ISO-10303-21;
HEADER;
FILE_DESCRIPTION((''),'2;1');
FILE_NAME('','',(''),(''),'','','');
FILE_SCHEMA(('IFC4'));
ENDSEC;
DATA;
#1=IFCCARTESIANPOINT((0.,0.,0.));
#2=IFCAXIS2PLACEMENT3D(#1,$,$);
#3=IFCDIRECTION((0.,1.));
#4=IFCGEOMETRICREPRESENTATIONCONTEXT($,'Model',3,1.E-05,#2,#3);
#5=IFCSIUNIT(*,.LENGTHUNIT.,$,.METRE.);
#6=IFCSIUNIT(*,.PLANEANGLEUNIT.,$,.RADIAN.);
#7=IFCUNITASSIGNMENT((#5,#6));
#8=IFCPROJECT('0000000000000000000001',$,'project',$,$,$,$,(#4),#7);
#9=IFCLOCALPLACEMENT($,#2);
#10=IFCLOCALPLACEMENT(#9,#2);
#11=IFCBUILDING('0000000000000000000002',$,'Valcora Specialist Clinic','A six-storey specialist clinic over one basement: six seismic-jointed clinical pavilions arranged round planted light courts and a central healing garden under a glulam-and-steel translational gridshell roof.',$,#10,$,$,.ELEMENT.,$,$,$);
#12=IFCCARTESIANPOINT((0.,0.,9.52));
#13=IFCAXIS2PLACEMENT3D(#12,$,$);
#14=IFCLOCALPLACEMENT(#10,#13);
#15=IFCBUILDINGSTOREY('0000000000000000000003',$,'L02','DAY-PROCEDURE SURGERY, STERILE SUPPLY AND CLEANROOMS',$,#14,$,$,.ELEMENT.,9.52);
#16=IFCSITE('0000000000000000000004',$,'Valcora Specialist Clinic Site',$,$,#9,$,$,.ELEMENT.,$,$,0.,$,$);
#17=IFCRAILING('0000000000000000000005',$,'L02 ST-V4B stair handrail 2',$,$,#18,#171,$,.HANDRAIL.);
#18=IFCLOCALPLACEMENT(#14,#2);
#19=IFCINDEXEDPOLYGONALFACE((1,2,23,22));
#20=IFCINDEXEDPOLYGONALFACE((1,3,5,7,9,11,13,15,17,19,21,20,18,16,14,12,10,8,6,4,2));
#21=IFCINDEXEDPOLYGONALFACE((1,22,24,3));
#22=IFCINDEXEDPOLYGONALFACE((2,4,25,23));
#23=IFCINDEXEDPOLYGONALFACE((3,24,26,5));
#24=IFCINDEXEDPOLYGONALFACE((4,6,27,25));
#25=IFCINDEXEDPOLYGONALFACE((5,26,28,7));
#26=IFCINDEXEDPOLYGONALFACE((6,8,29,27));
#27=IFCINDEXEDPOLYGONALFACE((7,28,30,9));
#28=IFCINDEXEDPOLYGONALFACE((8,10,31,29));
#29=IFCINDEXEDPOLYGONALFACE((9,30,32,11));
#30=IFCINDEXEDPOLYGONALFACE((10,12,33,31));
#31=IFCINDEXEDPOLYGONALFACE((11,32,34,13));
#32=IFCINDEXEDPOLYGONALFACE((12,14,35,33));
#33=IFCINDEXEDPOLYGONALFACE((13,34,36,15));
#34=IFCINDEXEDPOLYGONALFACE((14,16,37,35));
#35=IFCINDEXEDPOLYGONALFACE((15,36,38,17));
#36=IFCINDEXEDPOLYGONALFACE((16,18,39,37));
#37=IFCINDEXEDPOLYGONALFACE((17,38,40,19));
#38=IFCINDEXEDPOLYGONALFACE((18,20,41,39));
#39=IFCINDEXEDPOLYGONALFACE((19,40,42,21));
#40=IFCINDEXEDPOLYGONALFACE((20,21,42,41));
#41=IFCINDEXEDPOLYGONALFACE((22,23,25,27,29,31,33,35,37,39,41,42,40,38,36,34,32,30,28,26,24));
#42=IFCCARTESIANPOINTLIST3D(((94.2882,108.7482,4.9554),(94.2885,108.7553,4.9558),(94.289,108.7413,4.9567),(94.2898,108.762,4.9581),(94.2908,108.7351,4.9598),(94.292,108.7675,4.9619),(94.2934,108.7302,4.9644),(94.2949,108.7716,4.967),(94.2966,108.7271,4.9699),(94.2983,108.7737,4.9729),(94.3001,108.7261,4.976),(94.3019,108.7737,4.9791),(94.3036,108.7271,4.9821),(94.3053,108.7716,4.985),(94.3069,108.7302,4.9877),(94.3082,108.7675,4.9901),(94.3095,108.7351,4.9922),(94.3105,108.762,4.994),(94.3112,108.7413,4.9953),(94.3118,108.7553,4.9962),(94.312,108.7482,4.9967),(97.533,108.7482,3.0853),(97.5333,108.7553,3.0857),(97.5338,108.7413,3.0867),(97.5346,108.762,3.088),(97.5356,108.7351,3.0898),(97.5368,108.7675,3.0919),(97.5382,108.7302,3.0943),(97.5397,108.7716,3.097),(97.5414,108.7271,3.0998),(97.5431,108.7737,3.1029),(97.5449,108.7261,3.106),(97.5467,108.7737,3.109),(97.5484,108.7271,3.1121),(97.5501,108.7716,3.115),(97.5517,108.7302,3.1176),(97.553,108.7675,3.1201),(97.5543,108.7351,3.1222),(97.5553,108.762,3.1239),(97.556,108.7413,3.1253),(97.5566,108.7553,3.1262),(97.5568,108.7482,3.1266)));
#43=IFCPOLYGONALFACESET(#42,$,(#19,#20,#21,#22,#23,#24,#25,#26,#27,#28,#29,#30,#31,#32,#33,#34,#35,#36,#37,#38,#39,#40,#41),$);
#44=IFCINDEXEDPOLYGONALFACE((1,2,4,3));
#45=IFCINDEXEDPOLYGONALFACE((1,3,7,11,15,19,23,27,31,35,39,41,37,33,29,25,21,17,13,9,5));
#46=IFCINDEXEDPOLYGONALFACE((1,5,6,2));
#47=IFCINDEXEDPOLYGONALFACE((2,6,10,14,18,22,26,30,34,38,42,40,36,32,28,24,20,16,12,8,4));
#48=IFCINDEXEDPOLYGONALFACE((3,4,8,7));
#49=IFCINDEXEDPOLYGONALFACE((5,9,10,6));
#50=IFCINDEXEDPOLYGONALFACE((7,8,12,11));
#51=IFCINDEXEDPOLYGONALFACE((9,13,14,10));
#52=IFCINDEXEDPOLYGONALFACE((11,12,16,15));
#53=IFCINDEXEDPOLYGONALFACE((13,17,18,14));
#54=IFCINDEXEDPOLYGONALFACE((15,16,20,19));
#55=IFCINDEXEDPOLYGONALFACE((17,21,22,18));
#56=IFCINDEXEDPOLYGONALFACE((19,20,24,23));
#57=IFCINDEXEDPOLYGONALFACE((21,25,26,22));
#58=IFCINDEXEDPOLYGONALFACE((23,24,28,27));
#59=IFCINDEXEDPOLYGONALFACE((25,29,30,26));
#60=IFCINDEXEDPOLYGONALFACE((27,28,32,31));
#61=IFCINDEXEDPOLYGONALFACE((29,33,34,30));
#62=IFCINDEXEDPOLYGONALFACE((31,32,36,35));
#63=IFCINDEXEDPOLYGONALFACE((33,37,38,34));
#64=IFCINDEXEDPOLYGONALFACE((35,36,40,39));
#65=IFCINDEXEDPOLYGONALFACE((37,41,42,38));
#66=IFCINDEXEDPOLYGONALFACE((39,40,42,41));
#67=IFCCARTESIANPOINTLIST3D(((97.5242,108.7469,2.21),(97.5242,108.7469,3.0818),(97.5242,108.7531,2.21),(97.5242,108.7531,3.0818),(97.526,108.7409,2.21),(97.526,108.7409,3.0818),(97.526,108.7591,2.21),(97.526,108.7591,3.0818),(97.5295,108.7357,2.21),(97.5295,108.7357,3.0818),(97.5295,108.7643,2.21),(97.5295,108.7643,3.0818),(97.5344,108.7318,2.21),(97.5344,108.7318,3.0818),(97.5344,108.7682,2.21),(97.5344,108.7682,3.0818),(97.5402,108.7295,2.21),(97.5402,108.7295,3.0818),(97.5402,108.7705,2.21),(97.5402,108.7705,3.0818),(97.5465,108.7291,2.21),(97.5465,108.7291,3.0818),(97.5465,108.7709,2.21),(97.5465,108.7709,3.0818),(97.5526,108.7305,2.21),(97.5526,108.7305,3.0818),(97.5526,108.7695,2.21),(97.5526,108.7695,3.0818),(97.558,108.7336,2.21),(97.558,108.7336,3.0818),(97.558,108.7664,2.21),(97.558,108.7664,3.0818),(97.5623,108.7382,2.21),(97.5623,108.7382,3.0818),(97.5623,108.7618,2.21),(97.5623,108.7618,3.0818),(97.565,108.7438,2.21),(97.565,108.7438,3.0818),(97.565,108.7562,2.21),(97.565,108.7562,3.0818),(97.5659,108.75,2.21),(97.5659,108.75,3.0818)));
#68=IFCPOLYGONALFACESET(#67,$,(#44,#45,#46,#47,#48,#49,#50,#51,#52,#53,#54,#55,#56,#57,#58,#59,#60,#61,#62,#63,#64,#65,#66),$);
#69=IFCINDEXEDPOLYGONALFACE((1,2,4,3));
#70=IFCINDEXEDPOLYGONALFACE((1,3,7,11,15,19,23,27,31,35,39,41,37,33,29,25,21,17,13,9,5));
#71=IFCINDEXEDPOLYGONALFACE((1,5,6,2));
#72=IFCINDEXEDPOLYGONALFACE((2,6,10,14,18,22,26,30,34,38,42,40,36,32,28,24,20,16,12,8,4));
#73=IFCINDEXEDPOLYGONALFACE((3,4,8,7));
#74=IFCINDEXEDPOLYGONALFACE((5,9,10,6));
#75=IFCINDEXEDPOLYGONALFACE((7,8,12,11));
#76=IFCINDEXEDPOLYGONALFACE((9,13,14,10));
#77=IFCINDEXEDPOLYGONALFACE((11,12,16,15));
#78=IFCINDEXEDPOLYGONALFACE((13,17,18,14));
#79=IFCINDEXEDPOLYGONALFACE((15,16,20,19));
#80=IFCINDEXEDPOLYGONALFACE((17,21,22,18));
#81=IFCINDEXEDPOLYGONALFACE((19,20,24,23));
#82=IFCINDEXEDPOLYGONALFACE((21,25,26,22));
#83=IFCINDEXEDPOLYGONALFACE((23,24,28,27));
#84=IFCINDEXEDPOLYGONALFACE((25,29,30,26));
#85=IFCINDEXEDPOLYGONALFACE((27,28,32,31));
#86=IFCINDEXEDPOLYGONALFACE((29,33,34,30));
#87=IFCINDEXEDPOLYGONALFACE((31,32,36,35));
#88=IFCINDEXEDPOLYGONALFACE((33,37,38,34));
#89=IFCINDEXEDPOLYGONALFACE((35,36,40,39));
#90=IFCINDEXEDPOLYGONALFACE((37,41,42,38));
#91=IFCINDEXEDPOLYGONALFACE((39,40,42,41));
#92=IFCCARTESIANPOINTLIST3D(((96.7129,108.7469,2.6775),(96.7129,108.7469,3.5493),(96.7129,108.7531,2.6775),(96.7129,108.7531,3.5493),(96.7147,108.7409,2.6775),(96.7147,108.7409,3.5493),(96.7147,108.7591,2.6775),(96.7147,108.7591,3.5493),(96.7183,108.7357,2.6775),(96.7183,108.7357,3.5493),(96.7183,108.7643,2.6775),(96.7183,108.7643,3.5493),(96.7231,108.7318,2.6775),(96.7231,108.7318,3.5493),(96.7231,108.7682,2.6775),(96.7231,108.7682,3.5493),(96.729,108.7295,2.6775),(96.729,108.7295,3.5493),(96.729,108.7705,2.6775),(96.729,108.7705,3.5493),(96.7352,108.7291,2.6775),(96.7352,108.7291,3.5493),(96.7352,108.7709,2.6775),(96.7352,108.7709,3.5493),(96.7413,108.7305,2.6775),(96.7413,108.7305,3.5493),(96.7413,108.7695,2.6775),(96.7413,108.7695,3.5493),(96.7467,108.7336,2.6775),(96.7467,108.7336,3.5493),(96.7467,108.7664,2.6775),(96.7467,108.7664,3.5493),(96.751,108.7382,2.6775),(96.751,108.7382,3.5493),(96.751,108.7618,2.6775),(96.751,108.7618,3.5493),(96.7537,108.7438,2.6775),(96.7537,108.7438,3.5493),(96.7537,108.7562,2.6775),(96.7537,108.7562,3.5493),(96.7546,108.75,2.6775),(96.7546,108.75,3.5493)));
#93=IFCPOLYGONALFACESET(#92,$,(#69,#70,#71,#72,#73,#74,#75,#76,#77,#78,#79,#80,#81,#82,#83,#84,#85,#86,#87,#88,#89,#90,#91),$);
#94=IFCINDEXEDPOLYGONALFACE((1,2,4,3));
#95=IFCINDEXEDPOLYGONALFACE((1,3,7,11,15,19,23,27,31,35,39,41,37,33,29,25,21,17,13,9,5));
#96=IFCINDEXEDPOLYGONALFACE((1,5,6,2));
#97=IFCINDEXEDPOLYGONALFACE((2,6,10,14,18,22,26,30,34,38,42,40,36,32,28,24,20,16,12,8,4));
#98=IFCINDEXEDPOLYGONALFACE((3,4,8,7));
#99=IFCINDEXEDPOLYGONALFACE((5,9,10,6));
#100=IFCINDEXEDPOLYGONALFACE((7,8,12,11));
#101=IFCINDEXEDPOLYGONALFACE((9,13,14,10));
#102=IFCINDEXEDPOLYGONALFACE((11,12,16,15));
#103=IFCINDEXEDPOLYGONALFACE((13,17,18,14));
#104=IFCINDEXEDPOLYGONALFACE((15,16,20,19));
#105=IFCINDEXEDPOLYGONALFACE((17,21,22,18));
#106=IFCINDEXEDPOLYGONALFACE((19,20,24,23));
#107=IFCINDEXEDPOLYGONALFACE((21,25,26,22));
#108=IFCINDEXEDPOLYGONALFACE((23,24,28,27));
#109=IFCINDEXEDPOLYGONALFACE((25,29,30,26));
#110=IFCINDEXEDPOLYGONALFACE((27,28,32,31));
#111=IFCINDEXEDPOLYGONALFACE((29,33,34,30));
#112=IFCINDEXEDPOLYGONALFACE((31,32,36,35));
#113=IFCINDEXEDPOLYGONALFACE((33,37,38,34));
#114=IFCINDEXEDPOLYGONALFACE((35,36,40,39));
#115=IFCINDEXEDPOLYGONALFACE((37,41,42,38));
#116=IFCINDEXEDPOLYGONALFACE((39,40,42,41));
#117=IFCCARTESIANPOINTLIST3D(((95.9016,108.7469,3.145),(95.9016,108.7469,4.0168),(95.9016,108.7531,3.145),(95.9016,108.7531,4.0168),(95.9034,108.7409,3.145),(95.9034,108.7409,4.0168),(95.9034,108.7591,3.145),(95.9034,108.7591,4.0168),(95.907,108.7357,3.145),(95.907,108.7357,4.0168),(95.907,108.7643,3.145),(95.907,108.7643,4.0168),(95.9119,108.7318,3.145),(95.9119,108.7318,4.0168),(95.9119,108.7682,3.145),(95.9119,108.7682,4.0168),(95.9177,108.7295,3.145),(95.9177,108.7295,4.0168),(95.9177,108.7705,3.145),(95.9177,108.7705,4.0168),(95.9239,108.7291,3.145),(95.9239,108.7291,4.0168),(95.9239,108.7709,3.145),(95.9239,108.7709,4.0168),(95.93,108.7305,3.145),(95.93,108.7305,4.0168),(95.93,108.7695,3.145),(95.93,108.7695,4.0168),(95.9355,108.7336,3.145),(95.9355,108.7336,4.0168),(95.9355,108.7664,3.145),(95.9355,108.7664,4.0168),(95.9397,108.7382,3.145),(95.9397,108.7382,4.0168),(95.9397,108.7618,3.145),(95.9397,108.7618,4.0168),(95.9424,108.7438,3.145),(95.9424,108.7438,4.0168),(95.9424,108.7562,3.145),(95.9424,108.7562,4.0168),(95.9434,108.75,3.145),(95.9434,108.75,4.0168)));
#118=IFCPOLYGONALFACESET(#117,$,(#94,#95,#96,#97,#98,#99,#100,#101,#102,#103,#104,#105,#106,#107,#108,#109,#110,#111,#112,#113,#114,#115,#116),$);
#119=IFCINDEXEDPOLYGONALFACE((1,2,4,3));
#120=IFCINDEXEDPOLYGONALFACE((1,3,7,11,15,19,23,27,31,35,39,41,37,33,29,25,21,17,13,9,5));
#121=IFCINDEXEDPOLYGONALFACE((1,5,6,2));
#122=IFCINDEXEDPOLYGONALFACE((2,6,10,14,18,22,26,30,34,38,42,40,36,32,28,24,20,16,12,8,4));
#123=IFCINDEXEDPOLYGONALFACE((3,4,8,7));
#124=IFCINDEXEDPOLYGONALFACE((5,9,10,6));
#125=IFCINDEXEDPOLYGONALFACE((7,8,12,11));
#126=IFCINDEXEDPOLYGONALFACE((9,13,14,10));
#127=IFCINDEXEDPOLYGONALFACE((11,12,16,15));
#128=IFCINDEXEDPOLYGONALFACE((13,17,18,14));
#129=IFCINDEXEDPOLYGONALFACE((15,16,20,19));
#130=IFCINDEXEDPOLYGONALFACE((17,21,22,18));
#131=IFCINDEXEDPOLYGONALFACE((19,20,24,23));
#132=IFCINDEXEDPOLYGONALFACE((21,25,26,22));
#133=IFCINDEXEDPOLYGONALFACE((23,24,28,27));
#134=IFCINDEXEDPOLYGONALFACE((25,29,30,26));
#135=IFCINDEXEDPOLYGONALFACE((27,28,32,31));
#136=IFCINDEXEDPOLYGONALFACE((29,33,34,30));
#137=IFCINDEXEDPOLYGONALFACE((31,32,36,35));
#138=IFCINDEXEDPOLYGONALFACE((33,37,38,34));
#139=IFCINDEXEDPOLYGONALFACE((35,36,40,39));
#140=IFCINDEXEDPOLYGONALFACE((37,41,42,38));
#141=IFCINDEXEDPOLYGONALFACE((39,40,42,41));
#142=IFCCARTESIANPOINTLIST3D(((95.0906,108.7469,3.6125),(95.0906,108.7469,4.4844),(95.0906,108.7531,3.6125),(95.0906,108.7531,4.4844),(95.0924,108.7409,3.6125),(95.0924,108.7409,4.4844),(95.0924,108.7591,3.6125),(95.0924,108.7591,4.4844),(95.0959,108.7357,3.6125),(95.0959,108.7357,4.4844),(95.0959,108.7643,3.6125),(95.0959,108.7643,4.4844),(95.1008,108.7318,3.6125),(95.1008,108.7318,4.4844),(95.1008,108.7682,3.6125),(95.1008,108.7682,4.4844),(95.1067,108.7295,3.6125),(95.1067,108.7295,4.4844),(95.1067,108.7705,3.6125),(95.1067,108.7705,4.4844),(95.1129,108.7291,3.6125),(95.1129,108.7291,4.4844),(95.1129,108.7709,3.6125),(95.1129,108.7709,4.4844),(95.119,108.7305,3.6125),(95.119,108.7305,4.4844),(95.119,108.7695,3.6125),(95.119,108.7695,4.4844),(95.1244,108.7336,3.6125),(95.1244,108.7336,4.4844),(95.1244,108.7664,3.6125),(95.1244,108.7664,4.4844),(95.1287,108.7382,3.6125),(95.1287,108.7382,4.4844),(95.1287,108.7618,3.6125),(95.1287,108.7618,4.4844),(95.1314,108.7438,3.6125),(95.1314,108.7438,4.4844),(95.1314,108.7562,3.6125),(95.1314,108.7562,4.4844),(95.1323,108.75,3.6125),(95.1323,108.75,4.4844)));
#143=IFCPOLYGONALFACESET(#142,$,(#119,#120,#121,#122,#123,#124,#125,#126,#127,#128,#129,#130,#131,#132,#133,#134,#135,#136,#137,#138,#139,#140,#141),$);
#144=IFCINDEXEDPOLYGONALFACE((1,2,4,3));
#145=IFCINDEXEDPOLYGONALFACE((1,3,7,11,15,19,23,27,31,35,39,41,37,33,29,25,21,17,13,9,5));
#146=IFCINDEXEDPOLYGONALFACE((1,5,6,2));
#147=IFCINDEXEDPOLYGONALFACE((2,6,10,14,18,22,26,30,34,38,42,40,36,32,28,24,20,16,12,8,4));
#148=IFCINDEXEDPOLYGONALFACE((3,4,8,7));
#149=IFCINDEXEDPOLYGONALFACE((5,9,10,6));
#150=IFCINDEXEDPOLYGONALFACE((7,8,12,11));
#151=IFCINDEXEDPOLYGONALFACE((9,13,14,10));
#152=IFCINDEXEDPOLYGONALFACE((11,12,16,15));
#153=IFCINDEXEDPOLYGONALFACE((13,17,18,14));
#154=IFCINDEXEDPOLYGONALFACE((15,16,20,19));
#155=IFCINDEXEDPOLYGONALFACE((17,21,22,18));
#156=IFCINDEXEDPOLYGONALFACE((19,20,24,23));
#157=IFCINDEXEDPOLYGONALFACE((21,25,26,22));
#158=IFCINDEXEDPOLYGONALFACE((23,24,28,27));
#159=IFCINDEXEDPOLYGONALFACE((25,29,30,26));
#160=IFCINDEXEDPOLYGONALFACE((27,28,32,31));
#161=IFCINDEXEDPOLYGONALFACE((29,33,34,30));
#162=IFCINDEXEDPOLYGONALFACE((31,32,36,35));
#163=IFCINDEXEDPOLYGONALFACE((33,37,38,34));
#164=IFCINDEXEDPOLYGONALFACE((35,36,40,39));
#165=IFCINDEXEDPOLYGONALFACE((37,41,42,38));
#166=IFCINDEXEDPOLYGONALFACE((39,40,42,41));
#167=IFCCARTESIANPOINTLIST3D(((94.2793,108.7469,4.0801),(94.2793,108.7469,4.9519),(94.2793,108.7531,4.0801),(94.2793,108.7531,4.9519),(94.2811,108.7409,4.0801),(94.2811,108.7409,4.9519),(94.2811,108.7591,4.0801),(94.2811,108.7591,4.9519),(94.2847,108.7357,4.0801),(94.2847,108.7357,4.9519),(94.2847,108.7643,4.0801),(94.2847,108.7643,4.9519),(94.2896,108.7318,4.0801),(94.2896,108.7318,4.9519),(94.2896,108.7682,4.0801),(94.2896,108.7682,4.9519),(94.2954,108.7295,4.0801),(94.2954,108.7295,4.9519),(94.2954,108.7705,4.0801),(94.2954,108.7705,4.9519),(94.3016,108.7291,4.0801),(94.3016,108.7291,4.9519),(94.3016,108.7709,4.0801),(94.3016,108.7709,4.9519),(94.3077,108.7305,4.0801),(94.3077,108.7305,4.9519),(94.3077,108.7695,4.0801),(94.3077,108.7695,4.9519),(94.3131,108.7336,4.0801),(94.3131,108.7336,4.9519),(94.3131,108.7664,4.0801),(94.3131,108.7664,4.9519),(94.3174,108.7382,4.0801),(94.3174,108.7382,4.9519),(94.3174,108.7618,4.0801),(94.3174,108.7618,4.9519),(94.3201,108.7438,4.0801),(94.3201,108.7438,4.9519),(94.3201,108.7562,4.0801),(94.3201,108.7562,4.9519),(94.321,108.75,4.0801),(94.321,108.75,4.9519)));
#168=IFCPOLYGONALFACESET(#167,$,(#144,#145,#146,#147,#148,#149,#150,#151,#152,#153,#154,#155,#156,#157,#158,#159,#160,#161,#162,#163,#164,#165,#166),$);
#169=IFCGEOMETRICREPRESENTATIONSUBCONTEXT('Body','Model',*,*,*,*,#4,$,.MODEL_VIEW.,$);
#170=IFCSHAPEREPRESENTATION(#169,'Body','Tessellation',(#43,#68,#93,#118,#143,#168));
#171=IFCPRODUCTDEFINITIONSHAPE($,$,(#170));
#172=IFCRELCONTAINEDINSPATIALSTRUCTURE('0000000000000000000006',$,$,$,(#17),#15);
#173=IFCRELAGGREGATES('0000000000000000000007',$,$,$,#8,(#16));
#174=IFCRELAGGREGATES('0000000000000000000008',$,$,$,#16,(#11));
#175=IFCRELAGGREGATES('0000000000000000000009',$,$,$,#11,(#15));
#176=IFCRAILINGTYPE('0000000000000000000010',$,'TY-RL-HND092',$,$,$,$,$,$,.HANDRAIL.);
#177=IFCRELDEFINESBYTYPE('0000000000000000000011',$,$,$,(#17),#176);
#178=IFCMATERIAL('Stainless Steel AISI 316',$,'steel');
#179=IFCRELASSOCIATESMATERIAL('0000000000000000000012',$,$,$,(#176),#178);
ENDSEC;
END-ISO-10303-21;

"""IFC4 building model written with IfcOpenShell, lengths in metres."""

from ifc_helpers import new_model, si_unit, direction, frame, origin, origin_2d, place, context, subcontext, project, spatial, circle, extrude, material, type_object, element, save


model = new_model("IFC4")

# Units and contexts
model_context = context("Model", 3, precision=1e-05, world=origin(), true_north=direction((0.0, 1.0)))
body_context = subcontext(model_context, "Body", "Model", "MODEL_VIEW")
ifc_project = project(units=[si_unit("LENGTHUNIT", "METRE"), si_unit("PLANEANGLEUNIT", "RADIAN")], contexts=[model_context])

# Site, building, storey
site_placement = place(None, origin())
site = spatial("IfcSite", under=ifc_project, at=site_placement, Name="Valcora Specialist Clinic Site", CompositionType="ELEMENT", RefElevation=0.0)
building_placement = place(site_placement, origin())
building = spatial("IfcBuilding", under=site, at=building_placement, Name="Valcora Specialist Clinic", Description="A six-storey specialist clinic over one basement: six seismic-jointed clinical pavilions arranged round planted light courts and a central healing garden under a glulam-and-steel translational gridshell roof.", CompositionType="ELEMENT")
storey_placement = place(building_placement, frame((0.0, 0.0, 9.52)))
storey = spatial("IfcBuildingStorey", under=building, at=storey_placement, Name="L02", Description="DAY-PROCEDURE SURGERY, STERILE SUPPLY AND CLEANROOMS", CompositionType="ELEMENT", Elevation=9.52)

# Railing
ifc_material_1 = material(Name="Stainless Steel AISI 316", Category="steel")
railing_type_1 = type_object("IfcRailingType", Name="TY-RL-HND092", PredefinedType="HANDRAIL", material=ifc_material_1)
railing_1_placement = place(storey_placement, frame((97.5449, 108.75, 2.21)))
element("IfcRailing", 1, at=railing_1_placement, inside=storey, type_object=railing_type_1, Name="L02 ST-V4B stair handrail 2", PredefinedType="HANDRAIL", context=body_context, shape_type="SweptSolid", body=[
    extrude(circle(Radius=0.0239, at=origin_2d()), frame((0.0, 0.0, 0.896), z_axis=(-0.866408, 0.0, 0.499337), x_axis=(0.0, -1.0, 0.0)), (0.0, 0.0, 1.0), 3.7451),
    extrude(circle(Radius=0.021, at=origin_2d()), origin(), (0.0, 0.0, 1.0), 0.8718),
    extrude(circle(Radius=0.021, at=origin_2d()), frame((-0.8113, 0.0, 0.4675)), (0.0, 0.0, 1.0), 0.8718),
    extrude(circle(Radius=0.021, at=origin_2d()), frame((-1.6226, 0.0, 0.9351)), (0.0, 0.0, 1.0), 0.8718),
    extrude(circle(Radius=0.021, at=origin_2d()), frame((-2.4336, 0.0, 1.4026)), (0.0, 0.0, 1.0), 0.8718),
    extrude(circle(Radius=0.021, at=origin_2d()), frame((-3.2449, 0.0, 1.8701)), (0.0, 0.0, 1.0), 0.8718),
])

save(model, "model.ifc")
